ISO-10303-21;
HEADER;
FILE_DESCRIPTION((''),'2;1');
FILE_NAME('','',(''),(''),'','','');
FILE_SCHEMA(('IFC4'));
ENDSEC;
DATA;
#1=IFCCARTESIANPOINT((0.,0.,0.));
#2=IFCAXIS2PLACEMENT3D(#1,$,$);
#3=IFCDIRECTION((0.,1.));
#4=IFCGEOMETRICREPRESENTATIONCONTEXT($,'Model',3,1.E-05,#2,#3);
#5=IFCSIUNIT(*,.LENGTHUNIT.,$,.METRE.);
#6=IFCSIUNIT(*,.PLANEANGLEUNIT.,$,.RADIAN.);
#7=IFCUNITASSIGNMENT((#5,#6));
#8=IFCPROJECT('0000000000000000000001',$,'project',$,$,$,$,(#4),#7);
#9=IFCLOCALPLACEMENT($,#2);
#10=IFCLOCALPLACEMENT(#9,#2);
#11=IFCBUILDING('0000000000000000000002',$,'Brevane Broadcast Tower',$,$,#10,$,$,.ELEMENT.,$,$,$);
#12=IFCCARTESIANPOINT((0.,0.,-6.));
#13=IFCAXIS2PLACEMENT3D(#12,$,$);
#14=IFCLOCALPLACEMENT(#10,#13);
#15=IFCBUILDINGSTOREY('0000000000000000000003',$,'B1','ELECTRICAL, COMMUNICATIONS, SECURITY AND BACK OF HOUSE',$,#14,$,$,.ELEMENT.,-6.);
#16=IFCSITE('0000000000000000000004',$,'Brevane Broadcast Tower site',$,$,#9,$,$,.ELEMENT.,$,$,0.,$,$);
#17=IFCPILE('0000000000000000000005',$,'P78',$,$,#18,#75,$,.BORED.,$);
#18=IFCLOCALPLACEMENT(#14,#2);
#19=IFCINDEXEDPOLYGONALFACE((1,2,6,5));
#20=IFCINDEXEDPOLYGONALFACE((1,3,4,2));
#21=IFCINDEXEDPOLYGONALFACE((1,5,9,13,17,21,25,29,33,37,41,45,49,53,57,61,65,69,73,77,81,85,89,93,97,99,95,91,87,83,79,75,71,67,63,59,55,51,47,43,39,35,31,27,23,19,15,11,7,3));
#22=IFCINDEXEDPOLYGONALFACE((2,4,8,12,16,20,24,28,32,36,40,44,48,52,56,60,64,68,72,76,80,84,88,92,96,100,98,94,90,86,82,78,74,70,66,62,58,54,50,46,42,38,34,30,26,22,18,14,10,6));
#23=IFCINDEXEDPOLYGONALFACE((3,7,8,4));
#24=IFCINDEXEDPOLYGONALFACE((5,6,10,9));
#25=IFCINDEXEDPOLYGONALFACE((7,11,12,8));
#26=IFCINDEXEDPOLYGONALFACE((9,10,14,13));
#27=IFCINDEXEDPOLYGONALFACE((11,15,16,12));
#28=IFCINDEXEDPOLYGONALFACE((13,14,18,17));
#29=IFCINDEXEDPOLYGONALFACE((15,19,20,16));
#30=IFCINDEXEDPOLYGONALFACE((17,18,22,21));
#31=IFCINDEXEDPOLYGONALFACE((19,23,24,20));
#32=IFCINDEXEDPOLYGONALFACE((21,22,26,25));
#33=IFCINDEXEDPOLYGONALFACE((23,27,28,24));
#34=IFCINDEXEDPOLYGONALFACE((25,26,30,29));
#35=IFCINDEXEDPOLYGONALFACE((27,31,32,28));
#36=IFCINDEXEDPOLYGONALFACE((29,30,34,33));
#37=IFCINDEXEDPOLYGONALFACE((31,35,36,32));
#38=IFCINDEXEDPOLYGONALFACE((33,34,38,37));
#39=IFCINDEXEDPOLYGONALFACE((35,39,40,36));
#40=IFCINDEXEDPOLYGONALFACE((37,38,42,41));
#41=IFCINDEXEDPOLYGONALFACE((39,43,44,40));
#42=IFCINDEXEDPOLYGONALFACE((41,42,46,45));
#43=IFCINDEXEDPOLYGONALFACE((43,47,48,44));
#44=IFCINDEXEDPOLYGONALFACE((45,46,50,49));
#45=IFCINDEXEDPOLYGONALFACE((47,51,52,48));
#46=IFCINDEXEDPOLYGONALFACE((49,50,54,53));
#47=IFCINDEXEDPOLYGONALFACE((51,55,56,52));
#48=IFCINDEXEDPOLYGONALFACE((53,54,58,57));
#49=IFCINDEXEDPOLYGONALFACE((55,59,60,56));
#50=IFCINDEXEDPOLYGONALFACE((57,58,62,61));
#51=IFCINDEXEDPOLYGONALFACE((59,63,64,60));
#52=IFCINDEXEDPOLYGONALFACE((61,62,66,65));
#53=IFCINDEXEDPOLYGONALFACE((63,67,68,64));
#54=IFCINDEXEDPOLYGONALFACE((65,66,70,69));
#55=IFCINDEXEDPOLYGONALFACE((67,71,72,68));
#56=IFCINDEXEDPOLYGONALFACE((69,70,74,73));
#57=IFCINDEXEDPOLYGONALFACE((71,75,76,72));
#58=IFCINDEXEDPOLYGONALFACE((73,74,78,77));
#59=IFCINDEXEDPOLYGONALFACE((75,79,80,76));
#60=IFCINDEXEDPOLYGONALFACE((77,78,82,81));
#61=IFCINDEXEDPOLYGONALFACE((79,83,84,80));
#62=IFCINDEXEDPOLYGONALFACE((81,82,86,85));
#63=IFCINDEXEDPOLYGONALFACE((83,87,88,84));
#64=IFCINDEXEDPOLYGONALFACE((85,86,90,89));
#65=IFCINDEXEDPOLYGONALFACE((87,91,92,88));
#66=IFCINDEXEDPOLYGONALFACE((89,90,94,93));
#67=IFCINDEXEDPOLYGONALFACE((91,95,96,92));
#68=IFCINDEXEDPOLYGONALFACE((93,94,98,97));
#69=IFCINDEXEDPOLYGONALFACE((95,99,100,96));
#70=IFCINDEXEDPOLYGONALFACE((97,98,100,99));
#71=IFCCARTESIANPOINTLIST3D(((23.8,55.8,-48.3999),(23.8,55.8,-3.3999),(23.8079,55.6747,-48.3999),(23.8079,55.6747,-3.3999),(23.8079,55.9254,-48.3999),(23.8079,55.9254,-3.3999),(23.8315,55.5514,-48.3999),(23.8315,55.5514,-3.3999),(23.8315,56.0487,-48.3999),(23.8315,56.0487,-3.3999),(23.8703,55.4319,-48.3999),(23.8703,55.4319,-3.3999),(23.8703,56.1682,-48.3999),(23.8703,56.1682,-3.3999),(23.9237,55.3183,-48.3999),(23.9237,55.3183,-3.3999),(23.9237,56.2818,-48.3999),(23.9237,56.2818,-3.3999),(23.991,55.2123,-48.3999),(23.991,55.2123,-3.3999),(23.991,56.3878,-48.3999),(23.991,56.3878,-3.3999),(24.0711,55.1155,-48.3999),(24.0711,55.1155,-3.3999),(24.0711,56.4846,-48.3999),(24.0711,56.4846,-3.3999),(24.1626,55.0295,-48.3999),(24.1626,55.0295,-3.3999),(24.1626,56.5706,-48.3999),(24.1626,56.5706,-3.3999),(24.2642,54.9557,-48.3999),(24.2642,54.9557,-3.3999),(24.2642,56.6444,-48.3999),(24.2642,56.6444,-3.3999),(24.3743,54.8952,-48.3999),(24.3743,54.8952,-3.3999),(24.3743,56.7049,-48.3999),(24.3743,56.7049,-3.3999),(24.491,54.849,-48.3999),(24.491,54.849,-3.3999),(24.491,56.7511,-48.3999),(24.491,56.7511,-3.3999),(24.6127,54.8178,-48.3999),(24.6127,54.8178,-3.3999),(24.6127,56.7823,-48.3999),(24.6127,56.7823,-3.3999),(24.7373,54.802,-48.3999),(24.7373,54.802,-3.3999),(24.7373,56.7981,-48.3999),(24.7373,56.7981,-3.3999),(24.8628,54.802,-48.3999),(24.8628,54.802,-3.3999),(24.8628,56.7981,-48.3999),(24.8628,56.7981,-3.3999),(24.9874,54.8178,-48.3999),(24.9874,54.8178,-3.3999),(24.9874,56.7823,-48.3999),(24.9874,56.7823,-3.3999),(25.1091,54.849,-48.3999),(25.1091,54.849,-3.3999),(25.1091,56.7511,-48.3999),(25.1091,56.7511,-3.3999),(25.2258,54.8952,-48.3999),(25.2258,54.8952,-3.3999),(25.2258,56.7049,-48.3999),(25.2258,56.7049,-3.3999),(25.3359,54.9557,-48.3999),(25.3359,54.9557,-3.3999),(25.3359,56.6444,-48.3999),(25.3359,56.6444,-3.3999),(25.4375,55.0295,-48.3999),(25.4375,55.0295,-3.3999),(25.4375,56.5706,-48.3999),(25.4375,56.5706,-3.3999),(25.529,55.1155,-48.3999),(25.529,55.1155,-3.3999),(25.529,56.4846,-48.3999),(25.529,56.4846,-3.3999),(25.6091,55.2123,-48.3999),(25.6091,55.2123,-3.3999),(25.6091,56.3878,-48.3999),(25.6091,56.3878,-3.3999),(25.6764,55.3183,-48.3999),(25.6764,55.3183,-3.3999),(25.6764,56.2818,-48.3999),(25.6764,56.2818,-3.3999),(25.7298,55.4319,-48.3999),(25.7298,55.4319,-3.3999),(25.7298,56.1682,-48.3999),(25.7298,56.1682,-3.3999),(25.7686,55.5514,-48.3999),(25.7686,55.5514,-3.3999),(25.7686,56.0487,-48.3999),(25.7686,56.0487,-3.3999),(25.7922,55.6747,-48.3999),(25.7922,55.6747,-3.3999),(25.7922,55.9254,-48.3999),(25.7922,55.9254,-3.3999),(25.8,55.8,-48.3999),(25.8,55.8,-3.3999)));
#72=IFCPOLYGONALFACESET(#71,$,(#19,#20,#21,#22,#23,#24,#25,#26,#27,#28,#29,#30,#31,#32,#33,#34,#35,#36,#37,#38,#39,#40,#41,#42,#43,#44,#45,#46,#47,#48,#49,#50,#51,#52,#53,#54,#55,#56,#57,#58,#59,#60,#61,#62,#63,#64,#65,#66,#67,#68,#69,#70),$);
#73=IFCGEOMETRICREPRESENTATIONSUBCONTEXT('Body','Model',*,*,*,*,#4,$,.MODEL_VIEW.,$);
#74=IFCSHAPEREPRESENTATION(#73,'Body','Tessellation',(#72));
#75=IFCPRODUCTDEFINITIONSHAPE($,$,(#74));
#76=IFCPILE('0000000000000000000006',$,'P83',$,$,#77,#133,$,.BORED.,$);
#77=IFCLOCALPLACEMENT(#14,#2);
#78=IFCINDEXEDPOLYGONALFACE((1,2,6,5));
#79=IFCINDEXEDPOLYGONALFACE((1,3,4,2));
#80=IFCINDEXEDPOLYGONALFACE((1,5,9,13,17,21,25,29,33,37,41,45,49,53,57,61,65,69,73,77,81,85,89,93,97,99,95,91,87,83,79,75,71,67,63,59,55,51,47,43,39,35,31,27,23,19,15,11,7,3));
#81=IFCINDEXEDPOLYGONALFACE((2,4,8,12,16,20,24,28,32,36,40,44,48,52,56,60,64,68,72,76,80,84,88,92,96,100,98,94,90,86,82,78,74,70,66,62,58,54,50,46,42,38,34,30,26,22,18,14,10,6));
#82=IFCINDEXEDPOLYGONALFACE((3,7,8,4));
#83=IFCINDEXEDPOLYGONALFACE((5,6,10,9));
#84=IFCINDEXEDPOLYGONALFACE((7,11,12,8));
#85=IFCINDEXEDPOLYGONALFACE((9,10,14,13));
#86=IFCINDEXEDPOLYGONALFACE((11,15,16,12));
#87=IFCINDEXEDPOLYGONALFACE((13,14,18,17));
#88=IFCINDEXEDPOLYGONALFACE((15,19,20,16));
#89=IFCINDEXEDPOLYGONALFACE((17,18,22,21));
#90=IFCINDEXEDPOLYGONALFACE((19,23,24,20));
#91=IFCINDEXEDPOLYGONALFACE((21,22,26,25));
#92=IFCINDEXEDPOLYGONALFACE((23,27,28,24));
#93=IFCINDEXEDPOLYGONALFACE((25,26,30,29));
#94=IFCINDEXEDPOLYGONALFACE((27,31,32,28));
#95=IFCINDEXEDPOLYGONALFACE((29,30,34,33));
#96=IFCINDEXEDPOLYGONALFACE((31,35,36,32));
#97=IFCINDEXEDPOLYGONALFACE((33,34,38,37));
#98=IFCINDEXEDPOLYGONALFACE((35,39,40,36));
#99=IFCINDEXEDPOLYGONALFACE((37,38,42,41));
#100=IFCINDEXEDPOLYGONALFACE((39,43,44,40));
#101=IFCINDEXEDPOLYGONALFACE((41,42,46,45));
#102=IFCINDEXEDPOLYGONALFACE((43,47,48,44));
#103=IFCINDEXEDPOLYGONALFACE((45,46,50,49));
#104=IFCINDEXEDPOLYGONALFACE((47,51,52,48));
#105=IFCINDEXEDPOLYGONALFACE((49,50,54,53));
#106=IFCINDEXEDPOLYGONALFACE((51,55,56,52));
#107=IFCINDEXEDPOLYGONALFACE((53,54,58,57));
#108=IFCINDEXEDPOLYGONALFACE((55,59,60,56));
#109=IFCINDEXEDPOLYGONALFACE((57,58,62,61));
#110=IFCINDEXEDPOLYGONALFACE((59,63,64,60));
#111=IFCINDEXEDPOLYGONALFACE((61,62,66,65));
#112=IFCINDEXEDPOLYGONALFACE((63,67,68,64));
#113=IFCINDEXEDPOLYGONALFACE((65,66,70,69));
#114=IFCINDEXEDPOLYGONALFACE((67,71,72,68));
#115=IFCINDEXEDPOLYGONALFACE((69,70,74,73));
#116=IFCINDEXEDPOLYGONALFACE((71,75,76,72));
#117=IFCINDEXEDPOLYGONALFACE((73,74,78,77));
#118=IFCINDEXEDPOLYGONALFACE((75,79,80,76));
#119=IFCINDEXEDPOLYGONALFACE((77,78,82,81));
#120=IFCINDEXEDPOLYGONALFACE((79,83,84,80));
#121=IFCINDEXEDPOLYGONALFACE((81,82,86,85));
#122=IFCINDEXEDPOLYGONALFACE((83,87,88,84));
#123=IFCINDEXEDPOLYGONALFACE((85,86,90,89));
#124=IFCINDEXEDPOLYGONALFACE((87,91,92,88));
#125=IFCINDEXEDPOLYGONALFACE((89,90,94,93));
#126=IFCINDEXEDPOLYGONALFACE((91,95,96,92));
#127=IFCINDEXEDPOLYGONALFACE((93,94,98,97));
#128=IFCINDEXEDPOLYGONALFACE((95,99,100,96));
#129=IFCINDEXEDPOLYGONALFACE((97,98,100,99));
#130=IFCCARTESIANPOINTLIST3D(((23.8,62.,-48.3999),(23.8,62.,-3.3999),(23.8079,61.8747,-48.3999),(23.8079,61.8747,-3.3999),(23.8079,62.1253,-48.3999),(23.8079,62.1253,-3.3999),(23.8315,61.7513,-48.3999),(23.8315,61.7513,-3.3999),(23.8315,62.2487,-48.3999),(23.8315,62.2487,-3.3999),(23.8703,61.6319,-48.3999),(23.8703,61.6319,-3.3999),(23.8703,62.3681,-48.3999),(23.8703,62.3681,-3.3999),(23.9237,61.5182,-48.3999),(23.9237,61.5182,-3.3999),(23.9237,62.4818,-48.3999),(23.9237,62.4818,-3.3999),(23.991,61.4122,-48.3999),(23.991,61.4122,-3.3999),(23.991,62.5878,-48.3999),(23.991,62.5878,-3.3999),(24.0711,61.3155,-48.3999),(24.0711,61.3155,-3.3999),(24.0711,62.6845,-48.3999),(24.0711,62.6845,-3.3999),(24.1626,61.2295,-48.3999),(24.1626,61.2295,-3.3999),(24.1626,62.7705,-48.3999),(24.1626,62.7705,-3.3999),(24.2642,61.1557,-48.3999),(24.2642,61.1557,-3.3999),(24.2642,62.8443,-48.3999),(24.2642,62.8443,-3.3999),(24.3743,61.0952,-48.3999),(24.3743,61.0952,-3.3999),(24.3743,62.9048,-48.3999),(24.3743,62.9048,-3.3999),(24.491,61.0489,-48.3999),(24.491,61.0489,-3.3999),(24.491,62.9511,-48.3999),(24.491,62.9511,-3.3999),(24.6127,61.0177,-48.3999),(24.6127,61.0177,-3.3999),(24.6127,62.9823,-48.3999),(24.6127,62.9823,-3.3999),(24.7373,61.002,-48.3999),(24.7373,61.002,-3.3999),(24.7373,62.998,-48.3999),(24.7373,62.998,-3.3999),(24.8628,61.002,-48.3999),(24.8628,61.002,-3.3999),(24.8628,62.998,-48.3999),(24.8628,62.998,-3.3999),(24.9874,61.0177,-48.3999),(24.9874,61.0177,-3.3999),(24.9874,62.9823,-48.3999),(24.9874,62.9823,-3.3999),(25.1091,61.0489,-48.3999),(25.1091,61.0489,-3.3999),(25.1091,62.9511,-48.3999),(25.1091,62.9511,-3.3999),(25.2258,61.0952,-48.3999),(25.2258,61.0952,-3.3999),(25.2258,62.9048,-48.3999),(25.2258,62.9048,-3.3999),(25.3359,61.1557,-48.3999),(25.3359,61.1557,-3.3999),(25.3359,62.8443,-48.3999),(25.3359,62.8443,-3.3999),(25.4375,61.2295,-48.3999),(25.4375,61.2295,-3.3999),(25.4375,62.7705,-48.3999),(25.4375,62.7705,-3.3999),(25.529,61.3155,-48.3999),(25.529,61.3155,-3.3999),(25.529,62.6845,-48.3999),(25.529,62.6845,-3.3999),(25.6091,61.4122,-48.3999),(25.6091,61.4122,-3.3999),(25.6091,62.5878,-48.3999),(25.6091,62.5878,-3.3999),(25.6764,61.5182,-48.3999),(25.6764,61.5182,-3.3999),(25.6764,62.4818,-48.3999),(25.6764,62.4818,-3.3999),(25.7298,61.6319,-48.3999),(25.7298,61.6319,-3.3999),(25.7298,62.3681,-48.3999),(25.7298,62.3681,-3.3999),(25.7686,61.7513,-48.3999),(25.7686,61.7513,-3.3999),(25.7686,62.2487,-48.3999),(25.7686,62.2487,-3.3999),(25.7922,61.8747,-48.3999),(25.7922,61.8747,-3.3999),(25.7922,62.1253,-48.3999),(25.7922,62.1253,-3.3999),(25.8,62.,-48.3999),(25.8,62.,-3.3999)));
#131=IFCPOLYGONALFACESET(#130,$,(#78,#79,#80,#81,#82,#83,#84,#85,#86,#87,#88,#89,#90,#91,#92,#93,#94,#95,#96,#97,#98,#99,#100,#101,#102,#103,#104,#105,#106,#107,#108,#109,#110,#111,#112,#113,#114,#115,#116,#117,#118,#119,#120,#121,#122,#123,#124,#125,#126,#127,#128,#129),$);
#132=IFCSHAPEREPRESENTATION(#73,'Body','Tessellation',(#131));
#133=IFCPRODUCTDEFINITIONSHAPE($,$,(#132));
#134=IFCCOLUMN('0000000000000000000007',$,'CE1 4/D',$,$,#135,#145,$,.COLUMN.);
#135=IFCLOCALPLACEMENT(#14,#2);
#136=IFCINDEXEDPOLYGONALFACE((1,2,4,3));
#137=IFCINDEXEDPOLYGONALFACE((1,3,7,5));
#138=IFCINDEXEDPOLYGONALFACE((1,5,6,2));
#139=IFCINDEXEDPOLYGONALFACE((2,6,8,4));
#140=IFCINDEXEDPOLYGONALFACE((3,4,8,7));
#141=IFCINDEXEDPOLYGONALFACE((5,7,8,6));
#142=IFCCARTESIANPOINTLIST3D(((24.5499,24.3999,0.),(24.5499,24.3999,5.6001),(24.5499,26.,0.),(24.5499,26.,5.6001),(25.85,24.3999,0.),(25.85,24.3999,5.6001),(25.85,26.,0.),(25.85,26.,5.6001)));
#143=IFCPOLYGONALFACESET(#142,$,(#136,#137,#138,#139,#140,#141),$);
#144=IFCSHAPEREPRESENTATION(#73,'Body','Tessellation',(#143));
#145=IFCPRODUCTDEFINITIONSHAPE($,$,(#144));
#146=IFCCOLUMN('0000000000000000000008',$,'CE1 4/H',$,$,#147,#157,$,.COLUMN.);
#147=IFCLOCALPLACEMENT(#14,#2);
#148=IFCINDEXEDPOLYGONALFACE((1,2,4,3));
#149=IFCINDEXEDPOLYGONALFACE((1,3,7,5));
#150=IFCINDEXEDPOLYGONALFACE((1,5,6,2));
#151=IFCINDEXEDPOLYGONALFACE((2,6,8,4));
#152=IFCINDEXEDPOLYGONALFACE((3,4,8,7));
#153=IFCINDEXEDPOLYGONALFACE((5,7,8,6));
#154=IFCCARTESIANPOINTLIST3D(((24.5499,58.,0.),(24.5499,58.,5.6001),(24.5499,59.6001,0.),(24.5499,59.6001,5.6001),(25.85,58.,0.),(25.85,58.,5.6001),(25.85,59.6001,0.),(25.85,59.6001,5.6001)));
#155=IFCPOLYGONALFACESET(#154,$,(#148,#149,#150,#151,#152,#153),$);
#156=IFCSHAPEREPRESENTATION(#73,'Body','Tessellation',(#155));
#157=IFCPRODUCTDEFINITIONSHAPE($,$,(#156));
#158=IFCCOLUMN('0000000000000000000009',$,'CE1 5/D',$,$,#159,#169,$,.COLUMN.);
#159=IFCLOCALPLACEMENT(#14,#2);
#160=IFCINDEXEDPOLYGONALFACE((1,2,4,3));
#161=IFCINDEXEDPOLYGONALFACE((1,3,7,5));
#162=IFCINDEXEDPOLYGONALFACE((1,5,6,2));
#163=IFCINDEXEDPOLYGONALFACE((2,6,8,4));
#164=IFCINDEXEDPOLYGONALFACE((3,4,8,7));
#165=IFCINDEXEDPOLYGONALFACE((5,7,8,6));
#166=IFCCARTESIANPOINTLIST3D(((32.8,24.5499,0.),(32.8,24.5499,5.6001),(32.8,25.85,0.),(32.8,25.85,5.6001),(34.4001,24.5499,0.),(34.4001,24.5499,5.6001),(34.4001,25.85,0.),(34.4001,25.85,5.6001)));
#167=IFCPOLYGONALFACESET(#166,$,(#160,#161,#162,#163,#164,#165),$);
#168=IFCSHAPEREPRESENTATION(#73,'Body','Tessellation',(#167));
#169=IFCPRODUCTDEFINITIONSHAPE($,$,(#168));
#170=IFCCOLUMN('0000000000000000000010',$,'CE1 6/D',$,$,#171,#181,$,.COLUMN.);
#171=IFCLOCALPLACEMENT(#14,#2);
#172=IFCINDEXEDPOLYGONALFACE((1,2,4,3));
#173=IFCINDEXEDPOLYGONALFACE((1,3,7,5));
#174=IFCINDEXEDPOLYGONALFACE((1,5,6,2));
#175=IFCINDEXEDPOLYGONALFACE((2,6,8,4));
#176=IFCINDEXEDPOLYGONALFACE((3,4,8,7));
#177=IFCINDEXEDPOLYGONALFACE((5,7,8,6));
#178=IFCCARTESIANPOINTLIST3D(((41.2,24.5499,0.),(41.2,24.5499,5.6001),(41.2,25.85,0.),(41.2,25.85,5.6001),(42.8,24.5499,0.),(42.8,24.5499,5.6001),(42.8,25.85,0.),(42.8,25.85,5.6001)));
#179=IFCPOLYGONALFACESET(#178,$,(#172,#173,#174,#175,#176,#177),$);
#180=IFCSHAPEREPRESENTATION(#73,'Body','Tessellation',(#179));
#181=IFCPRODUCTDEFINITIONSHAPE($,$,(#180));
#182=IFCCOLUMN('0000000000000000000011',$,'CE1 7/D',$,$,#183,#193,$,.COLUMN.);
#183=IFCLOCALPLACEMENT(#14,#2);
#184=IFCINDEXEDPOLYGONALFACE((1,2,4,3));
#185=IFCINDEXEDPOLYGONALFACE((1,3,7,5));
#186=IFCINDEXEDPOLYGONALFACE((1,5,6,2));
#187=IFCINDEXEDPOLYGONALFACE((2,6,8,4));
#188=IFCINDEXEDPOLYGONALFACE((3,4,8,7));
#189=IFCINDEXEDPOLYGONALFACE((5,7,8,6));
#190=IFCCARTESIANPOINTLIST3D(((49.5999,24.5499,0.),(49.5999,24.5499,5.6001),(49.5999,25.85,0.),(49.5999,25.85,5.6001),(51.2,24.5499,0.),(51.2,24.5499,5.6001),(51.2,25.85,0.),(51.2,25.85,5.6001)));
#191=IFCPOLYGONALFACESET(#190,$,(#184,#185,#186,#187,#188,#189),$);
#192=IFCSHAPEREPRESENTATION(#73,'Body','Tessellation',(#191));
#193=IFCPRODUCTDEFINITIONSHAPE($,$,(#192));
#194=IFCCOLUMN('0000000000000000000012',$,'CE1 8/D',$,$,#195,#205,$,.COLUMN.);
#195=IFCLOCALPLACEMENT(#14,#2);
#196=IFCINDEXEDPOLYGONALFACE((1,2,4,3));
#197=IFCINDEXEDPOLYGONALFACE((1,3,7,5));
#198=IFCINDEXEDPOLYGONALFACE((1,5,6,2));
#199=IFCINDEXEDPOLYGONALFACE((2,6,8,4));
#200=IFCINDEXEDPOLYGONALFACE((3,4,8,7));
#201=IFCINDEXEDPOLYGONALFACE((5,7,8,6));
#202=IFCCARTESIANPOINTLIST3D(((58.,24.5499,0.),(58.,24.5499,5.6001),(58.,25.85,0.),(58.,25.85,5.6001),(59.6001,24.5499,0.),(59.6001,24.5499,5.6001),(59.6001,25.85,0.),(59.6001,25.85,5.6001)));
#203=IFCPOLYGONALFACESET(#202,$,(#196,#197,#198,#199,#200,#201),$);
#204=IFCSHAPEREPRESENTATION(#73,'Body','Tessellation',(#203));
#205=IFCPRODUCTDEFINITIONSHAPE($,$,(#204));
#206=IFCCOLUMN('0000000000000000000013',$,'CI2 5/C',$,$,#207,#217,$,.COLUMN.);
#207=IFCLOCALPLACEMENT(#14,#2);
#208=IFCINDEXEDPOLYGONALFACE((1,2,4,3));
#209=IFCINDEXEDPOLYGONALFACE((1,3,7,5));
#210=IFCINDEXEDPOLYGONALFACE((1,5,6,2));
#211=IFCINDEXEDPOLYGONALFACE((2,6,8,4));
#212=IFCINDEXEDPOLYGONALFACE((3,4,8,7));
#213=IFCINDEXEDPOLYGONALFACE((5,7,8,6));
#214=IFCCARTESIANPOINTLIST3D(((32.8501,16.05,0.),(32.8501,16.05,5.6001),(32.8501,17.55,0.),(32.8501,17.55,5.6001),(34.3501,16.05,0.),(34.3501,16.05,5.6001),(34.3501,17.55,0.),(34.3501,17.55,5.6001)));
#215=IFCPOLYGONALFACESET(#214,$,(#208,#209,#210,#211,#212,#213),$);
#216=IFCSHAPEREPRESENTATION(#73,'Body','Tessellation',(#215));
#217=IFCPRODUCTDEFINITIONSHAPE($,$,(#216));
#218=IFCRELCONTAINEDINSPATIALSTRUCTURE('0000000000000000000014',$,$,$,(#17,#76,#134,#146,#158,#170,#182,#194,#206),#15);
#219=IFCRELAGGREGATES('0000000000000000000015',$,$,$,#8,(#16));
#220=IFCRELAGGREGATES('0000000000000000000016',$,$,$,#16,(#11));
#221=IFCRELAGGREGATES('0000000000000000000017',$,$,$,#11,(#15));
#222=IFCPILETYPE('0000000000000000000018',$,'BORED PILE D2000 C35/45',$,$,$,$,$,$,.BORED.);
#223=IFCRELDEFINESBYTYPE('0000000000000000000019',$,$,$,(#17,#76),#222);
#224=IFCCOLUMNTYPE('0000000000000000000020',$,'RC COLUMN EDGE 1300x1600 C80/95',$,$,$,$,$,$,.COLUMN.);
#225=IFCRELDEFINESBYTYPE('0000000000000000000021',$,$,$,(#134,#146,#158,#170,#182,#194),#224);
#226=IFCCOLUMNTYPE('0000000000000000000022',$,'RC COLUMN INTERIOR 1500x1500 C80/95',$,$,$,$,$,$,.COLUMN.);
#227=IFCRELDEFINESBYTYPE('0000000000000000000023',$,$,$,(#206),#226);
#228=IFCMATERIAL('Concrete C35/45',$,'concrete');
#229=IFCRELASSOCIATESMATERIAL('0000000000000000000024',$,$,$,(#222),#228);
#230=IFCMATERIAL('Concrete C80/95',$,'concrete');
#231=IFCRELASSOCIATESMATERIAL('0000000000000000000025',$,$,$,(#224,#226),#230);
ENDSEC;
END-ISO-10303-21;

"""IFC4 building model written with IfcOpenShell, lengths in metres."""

from ifc_helpers import new_model, si_unit, direction, frame, origin, origin_2d, place, context, subcontext, project, spatial, rectangle, circle, extrude, material, material_profile, profile_set, type_object, element, save


model = new_model("IFC4")

# Units and contexts
model_context = context("Model", 3, precision=1e-05, world=origin(), true_north=direction((0.0, 1.0)))
body_context = subcontext(model_context, "Body", "Model", "MODEL_VIEW")
ifc_project = project(units=[si_unit("LENGTHUNIT", "METRE"), si_unit("PLANEANGLEUNIT", "RADIAN")], contexts=[model_context])

# Site, building, storey
site_placement = place(None, origin())
site = spatial("IfcSite", under=ifc_project, at=site_placement, Name="Brevane Broadcast Tower site", CompositionType="ELEMENT", RefElevation=0.0)
building_placement = place(site_placement, origin())
building = spatial("IfcBuilding", under=site, at=building_placement, Name="Brevane Broadcast Tower", CompositionType="ELEMENT")
storey_placement = place(building_placement, frame((0.0, 0.0, -6.0)))
storey = spatial("IfcBuildingStorey", under=building, at=storey_placement, Name="B1", Description="ELECTRICAL, COMMUNICATIONS, SECURITY AND BACK OF HOUSE", CompositionType="ELEMENT", Elevation=-6.0)

# Piles
ifc_material_1 = material(Name="Concrete C35/45", Category="concrete")
ifc_material_profile_1 = material_profile(ifc_material_1, circle(Radius=1.0, at=origin_2d()), Name="RC D2000")
ifc_profile_set_1 = profile_set([ifc_material_profile_1], Name="Concrete C35/45")
pile_type = type_object("IfcPileType", Name="BORED PILE D2000 C35/45", PredefinedType="BORED", material=ifc_profile_set_1)
for number, where, z_axis, x_axis, name in (
    (1, (24.8, 55.8, -3.3999), (0.0, 0.0, -1.0), (1.0, 0.0, 0.0), "P78"),
    (2, (24.8, 62.0, -3.3999), (0.0, 0.0, -1.0), (1.0, 0.0, 0.0), "P83"),
):
    element("IfcPile", number, at=place(storey_placement, frame(where, z_axis=z_axis, x_axis=x_axis)), inside=storey, type_object=pile_type, Name=name, PredefinedType="BORED", context=body_context, shape_type="SweptSolid", body=[
        extrude(circle(Radius=1.0, at=origin_2d()), origin(), (0.0, 0.0, 1.0), 45.0),
    ])

# Columns
ifc_material_2 = material(Name="Concrete C80/95", Category="concrete")
ifc_material_profile_2 = material_profile(ifc_material_2, rectangle(XDim=1.3, YDim=1.6001, at=origin_2d()), Name="RC 1300x1600")
ifc_profile_set_2 = profile_set([ifc_material_profile_2], Name="Concrete C80/95")
column_type_1 = type_object("IfcColumnType", Name="RC COLUMN EDGE 1300x1600 C80/95", PredefinedType="COLUMN", material=ifc_profile_set_2)
for number, where, z_axis, x_axis, name in (
    (3, (25.2, 25.2, 0.0), (0.0, 0.0, 1.0), (1.0, 0.0, 0.0), "CE1 4/D"),
    (4, (25.2, 58.8, 0.0), (0.0, 0.0, 1.0), (1.0, 0.0, 0.0), "CE1 4/H"),
    (5, (33.6001, 25.2, 0.0), (0.0, 0.0, 1.0), (0.0, 1.0, 0.0), "CE1 5/D"),
    (6, (42.0, 25.2, 0.0), (0.0, 0.0, 1.0), (0.0, 1.0, 0.0), "CE1 6/D"),
    (7, (50.3999, 25.2, 0.0), (0.0, 0.0, 1.0), (0.0, 1.0, 0.0), "CE1 7/D"),
    (8, (58.8, 25.2, 0.0), (0.0, 0.0, 1.0), (0.0, 1.0, 0.0), "CE1 8/D"),
):
    element("IfcColumn", number, at=place(storey_placement, frame(where, z_axis=z_axis, x_axis=x_axis)), inside=storey, type_object=column_type_1, Name=name, PredefinedType="COLUMN", context=body_context, shape_type="SweptSolid", body=[
        extrude(rectangle(XDim=1.3, YDim=1.6001, at=origin_2d()), origin(), (0.0, 0.0, 1.0), 5.6001),
    ])
ifc_material_profile_3 = material_profile(ifc_material_2, rectangle(XDim=1.5, YDim=1.5, at=origin_2d()), Name="RC 1500x1500")
ifc_profile_set_3 = profile_set([ifc_material_profile_3], Name="Concrete C80/95")
column_type_2 = type_object("IfcColumnType", Name="RC COLUMN INTERIOR 1500x1500 C80/95", PredefinedType="COLUMN", material=ifc_profile_set_3)
for number, where, z_axis, x_axis, name in (
    (9, (33.6001, 16.8, 0.0), (0.0, 0.0, 1.0), (1.0, 0.0, 0.0), "CI2 5/C"),
):
    element("IfcColumn", number, at=place(storey_placement, frame(where, z_axis=z_axis, x_axis=x_axis)), inside=storey, type_object=column_type_2, Name=name, PredefinedType="COLUMN", context=body_context, shape_type="SweptSolid", body=[
        extrude(rectangle(XDim=1.5, YDim=1.5, at=origin_2d()), origin(), (0.0, 0.0, 1.0), 5.6001),
    ])

save(model, "model.ifc")
